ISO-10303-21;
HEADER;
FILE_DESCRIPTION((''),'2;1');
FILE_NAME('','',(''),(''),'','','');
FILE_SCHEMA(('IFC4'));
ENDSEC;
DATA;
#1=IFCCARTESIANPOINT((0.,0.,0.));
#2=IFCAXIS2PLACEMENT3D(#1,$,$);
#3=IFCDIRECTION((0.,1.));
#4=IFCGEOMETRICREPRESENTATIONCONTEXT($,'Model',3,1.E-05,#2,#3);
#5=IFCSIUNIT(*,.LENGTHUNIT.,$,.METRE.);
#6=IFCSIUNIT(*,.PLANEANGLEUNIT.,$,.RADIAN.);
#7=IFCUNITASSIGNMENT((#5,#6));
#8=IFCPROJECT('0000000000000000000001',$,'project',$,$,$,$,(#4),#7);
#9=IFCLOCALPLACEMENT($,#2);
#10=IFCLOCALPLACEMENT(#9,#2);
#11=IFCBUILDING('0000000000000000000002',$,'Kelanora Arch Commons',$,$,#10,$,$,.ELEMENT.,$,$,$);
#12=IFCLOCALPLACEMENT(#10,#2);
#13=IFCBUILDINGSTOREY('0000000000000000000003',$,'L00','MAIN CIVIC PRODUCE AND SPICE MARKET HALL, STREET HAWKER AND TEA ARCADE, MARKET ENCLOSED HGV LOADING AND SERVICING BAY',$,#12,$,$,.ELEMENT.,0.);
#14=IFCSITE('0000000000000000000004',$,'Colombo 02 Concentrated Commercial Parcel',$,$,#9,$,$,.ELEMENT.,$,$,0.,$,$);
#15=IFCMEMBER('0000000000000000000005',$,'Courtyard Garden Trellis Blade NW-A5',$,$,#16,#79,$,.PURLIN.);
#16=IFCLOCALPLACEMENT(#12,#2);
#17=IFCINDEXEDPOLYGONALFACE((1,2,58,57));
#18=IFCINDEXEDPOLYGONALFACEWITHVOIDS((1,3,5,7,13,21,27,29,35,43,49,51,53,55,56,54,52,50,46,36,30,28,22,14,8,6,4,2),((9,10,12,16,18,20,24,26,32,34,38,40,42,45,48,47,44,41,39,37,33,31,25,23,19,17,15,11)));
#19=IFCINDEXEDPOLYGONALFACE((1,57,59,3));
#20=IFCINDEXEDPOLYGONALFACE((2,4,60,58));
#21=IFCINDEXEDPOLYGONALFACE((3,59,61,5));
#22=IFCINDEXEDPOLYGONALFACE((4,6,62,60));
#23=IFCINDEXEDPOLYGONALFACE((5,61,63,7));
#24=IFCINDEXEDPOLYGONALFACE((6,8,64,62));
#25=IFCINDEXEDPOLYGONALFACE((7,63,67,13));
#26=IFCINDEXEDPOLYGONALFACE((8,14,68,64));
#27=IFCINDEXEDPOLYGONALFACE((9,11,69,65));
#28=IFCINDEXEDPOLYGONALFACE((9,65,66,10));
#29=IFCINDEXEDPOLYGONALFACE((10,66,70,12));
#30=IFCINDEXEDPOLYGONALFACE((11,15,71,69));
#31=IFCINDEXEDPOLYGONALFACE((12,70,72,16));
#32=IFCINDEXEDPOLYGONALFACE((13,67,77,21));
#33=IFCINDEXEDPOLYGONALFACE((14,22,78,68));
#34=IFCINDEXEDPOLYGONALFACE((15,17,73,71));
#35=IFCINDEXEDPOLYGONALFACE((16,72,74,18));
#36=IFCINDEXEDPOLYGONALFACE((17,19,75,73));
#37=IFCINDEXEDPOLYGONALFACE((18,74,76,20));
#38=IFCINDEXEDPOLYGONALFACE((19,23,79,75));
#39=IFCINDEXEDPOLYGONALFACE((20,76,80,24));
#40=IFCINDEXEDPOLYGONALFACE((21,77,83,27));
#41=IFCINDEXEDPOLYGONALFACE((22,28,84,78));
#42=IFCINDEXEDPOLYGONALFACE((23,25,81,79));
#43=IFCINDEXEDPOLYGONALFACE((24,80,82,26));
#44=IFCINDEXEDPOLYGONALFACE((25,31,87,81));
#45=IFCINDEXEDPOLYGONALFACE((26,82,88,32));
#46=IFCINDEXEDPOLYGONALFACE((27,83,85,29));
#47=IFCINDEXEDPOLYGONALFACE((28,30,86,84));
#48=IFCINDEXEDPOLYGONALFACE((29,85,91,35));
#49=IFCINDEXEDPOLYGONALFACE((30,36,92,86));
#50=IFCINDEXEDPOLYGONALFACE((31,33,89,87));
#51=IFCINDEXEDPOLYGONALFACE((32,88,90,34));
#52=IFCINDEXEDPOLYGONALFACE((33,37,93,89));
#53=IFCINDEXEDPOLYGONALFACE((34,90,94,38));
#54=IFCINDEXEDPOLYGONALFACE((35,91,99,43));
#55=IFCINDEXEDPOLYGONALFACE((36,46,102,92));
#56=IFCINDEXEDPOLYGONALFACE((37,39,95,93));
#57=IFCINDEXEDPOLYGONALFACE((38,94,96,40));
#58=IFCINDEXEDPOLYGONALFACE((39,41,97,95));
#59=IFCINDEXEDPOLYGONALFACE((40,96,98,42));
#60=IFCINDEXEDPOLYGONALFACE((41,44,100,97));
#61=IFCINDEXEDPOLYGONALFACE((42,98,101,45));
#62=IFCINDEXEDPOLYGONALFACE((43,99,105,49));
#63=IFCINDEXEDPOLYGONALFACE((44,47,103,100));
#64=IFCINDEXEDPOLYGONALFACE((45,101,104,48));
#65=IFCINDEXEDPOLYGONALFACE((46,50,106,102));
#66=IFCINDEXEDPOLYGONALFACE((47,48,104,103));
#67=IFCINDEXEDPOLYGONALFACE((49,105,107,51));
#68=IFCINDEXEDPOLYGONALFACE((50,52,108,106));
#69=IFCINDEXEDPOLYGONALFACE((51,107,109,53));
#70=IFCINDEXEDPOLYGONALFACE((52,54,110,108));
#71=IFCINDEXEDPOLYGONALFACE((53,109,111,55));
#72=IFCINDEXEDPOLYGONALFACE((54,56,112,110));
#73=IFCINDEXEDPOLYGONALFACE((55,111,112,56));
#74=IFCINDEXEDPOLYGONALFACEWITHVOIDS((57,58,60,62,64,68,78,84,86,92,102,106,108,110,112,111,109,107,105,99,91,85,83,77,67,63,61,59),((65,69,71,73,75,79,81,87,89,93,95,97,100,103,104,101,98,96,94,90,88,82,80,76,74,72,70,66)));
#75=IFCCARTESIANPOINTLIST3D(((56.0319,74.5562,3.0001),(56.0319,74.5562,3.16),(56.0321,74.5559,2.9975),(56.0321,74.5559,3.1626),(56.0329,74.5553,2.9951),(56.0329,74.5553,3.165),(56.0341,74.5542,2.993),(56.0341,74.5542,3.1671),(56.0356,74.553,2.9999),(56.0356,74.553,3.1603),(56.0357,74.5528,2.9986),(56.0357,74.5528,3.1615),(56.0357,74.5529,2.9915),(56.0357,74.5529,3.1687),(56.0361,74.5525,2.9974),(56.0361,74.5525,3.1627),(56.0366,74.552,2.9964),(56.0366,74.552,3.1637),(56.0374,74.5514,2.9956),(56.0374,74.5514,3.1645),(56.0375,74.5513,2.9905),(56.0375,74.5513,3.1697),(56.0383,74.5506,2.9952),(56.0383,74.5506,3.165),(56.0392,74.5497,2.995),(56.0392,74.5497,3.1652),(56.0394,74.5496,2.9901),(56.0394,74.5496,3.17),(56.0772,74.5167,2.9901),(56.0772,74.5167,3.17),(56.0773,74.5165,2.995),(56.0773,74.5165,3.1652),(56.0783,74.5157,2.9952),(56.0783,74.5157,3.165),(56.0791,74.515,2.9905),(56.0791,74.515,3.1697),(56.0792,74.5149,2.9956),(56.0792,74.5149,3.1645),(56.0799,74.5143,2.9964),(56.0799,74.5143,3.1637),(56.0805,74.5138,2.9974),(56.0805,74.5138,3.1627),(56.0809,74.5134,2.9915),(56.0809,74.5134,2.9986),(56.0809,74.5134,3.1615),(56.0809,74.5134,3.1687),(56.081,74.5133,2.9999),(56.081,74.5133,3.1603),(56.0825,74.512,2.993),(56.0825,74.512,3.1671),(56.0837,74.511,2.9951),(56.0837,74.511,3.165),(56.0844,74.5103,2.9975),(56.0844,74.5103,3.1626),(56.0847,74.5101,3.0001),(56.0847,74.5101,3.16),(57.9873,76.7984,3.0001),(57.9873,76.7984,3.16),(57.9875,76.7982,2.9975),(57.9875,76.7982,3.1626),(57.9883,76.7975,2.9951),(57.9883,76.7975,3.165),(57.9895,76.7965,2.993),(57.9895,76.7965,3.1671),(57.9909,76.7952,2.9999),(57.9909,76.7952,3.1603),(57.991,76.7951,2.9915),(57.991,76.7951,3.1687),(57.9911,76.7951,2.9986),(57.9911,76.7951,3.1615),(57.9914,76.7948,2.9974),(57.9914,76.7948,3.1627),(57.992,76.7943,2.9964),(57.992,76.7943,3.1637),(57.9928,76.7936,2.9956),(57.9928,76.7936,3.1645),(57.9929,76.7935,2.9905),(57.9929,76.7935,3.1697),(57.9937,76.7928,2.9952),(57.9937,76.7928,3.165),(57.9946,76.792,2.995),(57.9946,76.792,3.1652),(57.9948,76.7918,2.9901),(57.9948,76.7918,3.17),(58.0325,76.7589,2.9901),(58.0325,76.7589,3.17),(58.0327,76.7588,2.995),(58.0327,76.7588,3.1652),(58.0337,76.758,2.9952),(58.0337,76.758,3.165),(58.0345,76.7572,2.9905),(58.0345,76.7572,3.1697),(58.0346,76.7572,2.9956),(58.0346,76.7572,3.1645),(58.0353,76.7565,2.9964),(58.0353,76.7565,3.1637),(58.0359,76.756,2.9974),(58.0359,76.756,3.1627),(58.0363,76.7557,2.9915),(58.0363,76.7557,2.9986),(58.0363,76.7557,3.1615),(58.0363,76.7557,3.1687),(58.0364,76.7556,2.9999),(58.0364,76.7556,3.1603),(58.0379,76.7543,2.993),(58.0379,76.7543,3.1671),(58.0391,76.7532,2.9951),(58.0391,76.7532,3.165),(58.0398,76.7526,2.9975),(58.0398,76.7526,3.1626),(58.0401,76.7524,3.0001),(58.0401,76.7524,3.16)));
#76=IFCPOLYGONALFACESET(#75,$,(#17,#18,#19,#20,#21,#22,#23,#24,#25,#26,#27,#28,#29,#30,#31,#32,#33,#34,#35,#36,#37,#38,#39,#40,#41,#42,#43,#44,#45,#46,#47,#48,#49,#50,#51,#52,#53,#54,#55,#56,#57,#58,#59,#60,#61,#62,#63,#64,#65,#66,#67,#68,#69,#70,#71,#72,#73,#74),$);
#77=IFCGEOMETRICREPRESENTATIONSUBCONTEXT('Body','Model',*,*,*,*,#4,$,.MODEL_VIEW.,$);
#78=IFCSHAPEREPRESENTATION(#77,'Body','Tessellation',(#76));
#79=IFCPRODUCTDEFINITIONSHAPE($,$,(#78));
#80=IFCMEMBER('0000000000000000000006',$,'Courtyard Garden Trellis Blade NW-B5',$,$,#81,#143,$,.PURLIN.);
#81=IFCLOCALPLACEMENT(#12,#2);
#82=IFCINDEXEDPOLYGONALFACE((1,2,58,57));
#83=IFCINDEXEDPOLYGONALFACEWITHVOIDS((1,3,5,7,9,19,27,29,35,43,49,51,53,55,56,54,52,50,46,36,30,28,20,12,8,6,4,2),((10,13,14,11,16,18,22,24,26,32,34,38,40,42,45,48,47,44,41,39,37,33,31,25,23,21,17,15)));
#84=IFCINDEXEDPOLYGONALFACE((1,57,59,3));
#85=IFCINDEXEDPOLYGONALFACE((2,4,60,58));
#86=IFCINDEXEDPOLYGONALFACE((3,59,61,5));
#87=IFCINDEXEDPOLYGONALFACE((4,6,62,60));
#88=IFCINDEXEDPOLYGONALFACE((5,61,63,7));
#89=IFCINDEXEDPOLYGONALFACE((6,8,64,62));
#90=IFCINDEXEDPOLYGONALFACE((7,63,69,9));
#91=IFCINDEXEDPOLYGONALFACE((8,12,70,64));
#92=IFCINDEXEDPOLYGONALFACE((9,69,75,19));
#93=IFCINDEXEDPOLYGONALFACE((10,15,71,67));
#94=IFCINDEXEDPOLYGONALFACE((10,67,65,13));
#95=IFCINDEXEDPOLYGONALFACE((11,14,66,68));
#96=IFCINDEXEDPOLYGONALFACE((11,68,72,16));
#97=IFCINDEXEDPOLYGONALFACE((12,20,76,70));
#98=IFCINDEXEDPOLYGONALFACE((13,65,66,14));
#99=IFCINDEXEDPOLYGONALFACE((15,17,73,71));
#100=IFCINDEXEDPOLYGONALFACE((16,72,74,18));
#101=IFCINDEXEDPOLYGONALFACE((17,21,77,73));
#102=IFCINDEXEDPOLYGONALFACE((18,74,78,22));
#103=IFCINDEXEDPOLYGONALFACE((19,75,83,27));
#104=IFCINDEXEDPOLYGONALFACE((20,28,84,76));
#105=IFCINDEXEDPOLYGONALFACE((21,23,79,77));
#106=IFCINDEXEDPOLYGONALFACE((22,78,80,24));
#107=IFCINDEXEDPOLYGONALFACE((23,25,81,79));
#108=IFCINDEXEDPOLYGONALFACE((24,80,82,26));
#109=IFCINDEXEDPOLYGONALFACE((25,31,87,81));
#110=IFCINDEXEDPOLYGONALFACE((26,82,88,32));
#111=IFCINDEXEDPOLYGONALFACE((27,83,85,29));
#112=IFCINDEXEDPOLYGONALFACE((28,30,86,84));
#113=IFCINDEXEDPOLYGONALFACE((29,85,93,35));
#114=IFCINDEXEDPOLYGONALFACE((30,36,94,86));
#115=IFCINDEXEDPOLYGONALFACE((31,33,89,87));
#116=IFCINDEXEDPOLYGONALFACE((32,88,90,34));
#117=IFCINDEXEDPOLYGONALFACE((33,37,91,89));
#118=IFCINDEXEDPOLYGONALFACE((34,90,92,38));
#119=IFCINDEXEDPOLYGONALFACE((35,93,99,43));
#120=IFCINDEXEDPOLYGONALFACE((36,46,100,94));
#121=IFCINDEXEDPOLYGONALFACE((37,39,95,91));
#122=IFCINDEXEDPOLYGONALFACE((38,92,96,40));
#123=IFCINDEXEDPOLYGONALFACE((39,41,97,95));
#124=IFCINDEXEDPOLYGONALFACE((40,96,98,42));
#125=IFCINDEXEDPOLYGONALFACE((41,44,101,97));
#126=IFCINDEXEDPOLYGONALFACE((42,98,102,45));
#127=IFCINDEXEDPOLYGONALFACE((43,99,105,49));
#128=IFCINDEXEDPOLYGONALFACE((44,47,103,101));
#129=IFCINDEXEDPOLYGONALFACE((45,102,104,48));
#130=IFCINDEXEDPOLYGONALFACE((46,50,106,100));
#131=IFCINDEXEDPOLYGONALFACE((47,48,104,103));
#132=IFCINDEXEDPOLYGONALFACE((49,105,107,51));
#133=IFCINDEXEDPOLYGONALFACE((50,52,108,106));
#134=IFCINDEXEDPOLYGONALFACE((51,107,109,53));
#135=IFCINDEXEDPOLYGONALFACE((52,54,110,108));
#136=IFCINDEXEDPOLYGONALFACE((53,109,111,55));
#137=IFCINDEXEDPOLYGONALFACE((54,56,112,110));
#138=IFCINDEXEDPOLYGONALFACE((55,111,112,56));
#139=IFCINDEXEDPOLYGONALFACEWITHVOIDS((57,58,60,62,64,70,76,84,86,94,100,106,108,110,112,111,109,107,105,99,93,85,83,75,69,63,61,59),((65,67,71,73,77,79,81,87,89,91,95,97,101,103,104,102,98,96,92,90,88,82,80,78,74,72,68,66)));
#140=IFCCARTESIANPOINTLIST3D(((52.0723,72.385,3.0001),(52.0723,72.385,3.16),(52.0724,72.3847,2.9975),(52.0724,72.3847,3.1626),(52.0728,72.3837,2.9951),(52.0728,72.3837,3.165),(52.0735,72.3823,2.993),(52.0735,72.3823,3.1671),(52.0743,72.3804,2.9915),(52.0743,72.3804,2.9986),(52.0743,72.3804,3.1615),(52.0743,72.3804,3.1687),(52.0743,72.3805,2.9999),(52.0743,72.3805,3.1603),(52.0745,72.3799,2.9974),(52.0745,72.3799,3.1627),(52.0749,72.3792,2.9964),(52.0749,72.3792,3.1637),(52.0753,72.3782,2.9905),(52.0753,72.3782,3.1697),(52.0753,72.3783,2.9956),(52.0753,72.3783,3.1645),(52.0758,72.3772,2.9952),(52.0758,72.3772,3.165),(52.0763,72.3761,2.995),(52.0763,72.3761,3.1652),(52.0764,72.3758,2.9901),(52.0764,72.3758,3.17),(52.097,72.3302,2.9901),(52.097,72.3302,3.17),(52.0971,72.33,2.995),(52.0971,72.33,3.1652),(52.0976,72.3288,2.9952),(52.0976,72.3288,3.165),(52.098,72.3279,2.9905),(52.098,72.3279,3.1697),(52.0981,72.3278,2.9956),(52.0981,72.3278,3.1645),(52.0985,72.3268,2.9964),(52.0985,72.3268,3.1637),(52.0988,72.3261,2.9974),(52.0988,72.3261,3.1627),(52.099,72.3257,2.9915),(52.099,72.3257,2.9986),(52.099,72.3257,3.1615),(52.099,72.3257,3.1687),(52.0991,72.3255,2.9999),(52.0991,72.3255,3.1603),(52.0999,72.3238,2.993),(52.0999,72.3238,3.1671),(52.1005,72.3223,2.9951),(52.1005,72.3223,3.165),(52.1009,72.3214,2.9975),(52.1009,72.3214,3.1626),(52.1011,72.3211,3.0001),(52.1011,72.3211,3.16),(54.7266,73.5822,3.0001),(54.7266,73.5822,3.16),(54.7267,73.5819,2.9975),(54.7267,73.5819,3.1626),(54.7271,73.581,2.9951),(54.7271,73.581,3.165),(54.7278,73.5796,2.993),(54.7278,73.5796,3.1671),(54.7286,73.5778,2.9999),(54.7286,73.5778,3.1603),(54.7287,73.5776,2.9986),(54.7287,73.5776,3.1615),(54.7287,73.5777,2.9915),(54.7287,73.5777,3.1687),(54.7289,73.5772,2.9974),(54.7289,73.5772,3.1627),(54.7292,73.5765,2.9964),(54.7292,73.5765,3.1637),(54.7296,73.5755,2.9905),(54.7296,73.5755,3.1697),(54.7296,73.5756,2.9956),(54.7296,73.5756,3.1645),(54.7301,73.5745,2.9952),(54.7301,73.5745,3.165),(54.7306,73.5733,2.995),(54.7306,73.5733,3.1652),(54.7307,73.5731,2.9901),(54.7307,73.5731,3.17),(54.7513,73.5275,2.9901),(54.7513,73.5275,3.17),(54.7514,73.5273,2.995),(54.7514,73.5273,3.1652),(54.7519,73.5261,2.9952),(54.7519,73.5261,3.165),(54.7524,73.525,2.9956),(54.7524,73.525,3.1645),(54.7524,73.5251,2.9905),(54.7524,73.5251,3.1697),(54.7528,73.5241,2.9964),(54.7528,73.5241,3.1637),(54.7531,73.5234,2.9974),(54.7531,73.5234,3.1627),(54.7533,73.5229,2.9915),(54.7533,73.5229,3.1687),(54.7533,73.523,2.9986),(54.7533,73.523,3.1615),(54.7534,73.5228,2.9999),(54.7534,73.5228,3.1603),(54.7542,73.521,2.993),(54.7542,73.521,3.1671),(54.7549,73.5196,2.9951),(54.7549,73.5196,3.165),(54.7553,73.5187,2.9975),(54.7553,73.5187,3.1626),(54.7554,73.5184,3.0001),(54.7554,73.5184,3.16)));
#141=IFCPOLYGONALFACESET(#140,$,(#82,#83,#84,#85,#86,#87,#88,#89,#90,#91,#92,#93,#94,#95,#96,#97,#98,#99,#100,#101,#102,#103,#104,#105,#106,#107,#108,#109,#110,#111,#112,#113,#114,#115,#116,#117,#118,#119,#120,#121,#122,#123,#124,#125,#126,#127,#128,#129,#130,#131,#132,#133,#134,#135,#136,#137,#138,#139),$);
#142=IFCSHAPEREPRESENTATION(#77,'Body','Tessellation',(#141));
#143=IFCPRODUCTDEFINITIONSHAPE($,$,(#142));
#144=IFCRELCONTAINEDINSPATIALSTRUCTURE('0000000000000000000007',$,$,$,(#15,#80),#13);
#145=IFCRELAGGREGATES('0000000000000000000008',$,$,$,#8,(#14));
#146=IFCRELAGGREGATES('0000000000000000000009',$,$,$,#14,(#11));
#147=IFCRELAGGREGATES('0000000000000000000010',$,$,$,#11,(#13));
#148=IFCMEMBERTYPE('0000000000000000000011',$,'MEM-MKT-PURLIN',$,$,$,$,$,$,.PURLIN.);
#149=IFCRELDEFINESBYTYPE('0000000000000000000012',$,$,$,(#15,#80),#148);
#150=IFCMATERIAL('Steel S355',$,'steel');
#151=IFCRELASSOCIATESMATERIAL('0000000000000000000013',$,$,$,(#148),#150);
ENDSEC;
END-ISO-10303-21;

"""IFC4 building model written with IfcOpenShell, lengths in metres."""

from ifc_helpers import new_model, si_unit, direction, frame, origin, origin_2d, place, context, subcontext, project, spatial, hollow_rectangle, extrude, material, material_profile, profile_set, type_object, element, save


model = new_model("IFC4")

# Units and contexts
model_context = context("Model", 3, precision=1e-05, world=origin(), true_north=direction((0.0, 1.0)))
body_context = subcontext(model_context, "Body", "Model", "MODEL_VIEW")
ifc_project = project(units=[si_unit("LENGTHUNIT", "METRE"), si_unit("PLANEANGLEUNIT", "RADIAN")], contexts=[model_context])

# Site, building, storey
site_placement = place(None, origin())
site = spatial("IfcSite", under=ifc_project, at=site_placement, Name="Colombo 02 Concentrated Commercial Parcel", CompositionType="ELEMENT", RefElevation=0.0)
building_placement = place(site_placement, origin())
building = spatial("IfcBuilding", under=site, at=building_placement, Name="Kelanora Arch Commons", CompositionType="ELEMENT")
storey_placement = place(building_placement, origin())
storey = spatial("IfcBuildingStorey", under=building, at=storey_placement, Name="L00", Description="MAIN CIVIC PRODUCE AND SPICE MARKET HALL, STREET HAWKER AND TEA ARCADE, MARKET ENCLOSED HGV LOADING AND SERVICING BAY", CompositionType="ELEMENT", Elevation=0.0)

# Shared definitions
ifc_material_1 = material(Name="Steel S355", Category="steel")

# Members
ifc_material_profile_1 = material_profile(ifc_material_1, hollow_rectangle(XDim=0.0701, YDim=0.1799, WallThickness=0.0049, InnerFilletRadius=0.0049, OuterFilletRadius=0.01, at=origin_2d()), Name="RHS180x70x5")
ifc_profile_set_1 = profile_set([ifc_material_profile_1], Name="Steel S355")
member_type_1 = type_object("IfcMemberType", Name="MEM-MKT-PURLIN", PredefinedType="PURLIN", material=ifc_profile_set_1)
member_1_placement = place(storey_placement, frame((58.0137, 76.7754, 3.0801), z_axis=(-0.657249, -0.753674, 0.0), x_axis=(0.753674, -0.657249, 0.0)))
element("IfcMember", 1, at=member_1_placement, inside=storey, type_object=member_type_1, Name="Courtyard Garden Trellis Blade NW-A5", PredefinedType="PURLIN", context=body_context, shape_type="SweptSolid", body=[
    extrude(hollow_rectangle(XDim=0.0701, YDim=0.1799, WallThickness=0.0049, InnerFilletRadius=0.0049, OuterFilletRadius=0.01, at=origin_2d()), origin(), (0.0, 0.0, 1.0), 2.9751),
])
member_2_placement = place(storey_placement, frame((52.0867, 72.353, 3.0801), z_axis=(0.911557, 0.411173, 0.0), x_axis=(-0.411173, 0.911557, 0.0)))
element("IfcMember", 2, at=member_2_placement, inside=storey, type_object=member_type_1, Name="Courtyard Garden Trellis Blade NW-B5", PredefinedType="PURLIN", context=body_context, shape_type="SweptSolid", body=[
    extrude(hollow_rectangle(XDim=0.0701, YDim=0.1799, WallThickness=0.0049, InnerFilletRadius=0.0049, OuterFilletRadius=0.01, at=origin_2d()), origin(), (0.0, 0.0, 1.0), 2.9119),
])

save(model, "model.ifc")
